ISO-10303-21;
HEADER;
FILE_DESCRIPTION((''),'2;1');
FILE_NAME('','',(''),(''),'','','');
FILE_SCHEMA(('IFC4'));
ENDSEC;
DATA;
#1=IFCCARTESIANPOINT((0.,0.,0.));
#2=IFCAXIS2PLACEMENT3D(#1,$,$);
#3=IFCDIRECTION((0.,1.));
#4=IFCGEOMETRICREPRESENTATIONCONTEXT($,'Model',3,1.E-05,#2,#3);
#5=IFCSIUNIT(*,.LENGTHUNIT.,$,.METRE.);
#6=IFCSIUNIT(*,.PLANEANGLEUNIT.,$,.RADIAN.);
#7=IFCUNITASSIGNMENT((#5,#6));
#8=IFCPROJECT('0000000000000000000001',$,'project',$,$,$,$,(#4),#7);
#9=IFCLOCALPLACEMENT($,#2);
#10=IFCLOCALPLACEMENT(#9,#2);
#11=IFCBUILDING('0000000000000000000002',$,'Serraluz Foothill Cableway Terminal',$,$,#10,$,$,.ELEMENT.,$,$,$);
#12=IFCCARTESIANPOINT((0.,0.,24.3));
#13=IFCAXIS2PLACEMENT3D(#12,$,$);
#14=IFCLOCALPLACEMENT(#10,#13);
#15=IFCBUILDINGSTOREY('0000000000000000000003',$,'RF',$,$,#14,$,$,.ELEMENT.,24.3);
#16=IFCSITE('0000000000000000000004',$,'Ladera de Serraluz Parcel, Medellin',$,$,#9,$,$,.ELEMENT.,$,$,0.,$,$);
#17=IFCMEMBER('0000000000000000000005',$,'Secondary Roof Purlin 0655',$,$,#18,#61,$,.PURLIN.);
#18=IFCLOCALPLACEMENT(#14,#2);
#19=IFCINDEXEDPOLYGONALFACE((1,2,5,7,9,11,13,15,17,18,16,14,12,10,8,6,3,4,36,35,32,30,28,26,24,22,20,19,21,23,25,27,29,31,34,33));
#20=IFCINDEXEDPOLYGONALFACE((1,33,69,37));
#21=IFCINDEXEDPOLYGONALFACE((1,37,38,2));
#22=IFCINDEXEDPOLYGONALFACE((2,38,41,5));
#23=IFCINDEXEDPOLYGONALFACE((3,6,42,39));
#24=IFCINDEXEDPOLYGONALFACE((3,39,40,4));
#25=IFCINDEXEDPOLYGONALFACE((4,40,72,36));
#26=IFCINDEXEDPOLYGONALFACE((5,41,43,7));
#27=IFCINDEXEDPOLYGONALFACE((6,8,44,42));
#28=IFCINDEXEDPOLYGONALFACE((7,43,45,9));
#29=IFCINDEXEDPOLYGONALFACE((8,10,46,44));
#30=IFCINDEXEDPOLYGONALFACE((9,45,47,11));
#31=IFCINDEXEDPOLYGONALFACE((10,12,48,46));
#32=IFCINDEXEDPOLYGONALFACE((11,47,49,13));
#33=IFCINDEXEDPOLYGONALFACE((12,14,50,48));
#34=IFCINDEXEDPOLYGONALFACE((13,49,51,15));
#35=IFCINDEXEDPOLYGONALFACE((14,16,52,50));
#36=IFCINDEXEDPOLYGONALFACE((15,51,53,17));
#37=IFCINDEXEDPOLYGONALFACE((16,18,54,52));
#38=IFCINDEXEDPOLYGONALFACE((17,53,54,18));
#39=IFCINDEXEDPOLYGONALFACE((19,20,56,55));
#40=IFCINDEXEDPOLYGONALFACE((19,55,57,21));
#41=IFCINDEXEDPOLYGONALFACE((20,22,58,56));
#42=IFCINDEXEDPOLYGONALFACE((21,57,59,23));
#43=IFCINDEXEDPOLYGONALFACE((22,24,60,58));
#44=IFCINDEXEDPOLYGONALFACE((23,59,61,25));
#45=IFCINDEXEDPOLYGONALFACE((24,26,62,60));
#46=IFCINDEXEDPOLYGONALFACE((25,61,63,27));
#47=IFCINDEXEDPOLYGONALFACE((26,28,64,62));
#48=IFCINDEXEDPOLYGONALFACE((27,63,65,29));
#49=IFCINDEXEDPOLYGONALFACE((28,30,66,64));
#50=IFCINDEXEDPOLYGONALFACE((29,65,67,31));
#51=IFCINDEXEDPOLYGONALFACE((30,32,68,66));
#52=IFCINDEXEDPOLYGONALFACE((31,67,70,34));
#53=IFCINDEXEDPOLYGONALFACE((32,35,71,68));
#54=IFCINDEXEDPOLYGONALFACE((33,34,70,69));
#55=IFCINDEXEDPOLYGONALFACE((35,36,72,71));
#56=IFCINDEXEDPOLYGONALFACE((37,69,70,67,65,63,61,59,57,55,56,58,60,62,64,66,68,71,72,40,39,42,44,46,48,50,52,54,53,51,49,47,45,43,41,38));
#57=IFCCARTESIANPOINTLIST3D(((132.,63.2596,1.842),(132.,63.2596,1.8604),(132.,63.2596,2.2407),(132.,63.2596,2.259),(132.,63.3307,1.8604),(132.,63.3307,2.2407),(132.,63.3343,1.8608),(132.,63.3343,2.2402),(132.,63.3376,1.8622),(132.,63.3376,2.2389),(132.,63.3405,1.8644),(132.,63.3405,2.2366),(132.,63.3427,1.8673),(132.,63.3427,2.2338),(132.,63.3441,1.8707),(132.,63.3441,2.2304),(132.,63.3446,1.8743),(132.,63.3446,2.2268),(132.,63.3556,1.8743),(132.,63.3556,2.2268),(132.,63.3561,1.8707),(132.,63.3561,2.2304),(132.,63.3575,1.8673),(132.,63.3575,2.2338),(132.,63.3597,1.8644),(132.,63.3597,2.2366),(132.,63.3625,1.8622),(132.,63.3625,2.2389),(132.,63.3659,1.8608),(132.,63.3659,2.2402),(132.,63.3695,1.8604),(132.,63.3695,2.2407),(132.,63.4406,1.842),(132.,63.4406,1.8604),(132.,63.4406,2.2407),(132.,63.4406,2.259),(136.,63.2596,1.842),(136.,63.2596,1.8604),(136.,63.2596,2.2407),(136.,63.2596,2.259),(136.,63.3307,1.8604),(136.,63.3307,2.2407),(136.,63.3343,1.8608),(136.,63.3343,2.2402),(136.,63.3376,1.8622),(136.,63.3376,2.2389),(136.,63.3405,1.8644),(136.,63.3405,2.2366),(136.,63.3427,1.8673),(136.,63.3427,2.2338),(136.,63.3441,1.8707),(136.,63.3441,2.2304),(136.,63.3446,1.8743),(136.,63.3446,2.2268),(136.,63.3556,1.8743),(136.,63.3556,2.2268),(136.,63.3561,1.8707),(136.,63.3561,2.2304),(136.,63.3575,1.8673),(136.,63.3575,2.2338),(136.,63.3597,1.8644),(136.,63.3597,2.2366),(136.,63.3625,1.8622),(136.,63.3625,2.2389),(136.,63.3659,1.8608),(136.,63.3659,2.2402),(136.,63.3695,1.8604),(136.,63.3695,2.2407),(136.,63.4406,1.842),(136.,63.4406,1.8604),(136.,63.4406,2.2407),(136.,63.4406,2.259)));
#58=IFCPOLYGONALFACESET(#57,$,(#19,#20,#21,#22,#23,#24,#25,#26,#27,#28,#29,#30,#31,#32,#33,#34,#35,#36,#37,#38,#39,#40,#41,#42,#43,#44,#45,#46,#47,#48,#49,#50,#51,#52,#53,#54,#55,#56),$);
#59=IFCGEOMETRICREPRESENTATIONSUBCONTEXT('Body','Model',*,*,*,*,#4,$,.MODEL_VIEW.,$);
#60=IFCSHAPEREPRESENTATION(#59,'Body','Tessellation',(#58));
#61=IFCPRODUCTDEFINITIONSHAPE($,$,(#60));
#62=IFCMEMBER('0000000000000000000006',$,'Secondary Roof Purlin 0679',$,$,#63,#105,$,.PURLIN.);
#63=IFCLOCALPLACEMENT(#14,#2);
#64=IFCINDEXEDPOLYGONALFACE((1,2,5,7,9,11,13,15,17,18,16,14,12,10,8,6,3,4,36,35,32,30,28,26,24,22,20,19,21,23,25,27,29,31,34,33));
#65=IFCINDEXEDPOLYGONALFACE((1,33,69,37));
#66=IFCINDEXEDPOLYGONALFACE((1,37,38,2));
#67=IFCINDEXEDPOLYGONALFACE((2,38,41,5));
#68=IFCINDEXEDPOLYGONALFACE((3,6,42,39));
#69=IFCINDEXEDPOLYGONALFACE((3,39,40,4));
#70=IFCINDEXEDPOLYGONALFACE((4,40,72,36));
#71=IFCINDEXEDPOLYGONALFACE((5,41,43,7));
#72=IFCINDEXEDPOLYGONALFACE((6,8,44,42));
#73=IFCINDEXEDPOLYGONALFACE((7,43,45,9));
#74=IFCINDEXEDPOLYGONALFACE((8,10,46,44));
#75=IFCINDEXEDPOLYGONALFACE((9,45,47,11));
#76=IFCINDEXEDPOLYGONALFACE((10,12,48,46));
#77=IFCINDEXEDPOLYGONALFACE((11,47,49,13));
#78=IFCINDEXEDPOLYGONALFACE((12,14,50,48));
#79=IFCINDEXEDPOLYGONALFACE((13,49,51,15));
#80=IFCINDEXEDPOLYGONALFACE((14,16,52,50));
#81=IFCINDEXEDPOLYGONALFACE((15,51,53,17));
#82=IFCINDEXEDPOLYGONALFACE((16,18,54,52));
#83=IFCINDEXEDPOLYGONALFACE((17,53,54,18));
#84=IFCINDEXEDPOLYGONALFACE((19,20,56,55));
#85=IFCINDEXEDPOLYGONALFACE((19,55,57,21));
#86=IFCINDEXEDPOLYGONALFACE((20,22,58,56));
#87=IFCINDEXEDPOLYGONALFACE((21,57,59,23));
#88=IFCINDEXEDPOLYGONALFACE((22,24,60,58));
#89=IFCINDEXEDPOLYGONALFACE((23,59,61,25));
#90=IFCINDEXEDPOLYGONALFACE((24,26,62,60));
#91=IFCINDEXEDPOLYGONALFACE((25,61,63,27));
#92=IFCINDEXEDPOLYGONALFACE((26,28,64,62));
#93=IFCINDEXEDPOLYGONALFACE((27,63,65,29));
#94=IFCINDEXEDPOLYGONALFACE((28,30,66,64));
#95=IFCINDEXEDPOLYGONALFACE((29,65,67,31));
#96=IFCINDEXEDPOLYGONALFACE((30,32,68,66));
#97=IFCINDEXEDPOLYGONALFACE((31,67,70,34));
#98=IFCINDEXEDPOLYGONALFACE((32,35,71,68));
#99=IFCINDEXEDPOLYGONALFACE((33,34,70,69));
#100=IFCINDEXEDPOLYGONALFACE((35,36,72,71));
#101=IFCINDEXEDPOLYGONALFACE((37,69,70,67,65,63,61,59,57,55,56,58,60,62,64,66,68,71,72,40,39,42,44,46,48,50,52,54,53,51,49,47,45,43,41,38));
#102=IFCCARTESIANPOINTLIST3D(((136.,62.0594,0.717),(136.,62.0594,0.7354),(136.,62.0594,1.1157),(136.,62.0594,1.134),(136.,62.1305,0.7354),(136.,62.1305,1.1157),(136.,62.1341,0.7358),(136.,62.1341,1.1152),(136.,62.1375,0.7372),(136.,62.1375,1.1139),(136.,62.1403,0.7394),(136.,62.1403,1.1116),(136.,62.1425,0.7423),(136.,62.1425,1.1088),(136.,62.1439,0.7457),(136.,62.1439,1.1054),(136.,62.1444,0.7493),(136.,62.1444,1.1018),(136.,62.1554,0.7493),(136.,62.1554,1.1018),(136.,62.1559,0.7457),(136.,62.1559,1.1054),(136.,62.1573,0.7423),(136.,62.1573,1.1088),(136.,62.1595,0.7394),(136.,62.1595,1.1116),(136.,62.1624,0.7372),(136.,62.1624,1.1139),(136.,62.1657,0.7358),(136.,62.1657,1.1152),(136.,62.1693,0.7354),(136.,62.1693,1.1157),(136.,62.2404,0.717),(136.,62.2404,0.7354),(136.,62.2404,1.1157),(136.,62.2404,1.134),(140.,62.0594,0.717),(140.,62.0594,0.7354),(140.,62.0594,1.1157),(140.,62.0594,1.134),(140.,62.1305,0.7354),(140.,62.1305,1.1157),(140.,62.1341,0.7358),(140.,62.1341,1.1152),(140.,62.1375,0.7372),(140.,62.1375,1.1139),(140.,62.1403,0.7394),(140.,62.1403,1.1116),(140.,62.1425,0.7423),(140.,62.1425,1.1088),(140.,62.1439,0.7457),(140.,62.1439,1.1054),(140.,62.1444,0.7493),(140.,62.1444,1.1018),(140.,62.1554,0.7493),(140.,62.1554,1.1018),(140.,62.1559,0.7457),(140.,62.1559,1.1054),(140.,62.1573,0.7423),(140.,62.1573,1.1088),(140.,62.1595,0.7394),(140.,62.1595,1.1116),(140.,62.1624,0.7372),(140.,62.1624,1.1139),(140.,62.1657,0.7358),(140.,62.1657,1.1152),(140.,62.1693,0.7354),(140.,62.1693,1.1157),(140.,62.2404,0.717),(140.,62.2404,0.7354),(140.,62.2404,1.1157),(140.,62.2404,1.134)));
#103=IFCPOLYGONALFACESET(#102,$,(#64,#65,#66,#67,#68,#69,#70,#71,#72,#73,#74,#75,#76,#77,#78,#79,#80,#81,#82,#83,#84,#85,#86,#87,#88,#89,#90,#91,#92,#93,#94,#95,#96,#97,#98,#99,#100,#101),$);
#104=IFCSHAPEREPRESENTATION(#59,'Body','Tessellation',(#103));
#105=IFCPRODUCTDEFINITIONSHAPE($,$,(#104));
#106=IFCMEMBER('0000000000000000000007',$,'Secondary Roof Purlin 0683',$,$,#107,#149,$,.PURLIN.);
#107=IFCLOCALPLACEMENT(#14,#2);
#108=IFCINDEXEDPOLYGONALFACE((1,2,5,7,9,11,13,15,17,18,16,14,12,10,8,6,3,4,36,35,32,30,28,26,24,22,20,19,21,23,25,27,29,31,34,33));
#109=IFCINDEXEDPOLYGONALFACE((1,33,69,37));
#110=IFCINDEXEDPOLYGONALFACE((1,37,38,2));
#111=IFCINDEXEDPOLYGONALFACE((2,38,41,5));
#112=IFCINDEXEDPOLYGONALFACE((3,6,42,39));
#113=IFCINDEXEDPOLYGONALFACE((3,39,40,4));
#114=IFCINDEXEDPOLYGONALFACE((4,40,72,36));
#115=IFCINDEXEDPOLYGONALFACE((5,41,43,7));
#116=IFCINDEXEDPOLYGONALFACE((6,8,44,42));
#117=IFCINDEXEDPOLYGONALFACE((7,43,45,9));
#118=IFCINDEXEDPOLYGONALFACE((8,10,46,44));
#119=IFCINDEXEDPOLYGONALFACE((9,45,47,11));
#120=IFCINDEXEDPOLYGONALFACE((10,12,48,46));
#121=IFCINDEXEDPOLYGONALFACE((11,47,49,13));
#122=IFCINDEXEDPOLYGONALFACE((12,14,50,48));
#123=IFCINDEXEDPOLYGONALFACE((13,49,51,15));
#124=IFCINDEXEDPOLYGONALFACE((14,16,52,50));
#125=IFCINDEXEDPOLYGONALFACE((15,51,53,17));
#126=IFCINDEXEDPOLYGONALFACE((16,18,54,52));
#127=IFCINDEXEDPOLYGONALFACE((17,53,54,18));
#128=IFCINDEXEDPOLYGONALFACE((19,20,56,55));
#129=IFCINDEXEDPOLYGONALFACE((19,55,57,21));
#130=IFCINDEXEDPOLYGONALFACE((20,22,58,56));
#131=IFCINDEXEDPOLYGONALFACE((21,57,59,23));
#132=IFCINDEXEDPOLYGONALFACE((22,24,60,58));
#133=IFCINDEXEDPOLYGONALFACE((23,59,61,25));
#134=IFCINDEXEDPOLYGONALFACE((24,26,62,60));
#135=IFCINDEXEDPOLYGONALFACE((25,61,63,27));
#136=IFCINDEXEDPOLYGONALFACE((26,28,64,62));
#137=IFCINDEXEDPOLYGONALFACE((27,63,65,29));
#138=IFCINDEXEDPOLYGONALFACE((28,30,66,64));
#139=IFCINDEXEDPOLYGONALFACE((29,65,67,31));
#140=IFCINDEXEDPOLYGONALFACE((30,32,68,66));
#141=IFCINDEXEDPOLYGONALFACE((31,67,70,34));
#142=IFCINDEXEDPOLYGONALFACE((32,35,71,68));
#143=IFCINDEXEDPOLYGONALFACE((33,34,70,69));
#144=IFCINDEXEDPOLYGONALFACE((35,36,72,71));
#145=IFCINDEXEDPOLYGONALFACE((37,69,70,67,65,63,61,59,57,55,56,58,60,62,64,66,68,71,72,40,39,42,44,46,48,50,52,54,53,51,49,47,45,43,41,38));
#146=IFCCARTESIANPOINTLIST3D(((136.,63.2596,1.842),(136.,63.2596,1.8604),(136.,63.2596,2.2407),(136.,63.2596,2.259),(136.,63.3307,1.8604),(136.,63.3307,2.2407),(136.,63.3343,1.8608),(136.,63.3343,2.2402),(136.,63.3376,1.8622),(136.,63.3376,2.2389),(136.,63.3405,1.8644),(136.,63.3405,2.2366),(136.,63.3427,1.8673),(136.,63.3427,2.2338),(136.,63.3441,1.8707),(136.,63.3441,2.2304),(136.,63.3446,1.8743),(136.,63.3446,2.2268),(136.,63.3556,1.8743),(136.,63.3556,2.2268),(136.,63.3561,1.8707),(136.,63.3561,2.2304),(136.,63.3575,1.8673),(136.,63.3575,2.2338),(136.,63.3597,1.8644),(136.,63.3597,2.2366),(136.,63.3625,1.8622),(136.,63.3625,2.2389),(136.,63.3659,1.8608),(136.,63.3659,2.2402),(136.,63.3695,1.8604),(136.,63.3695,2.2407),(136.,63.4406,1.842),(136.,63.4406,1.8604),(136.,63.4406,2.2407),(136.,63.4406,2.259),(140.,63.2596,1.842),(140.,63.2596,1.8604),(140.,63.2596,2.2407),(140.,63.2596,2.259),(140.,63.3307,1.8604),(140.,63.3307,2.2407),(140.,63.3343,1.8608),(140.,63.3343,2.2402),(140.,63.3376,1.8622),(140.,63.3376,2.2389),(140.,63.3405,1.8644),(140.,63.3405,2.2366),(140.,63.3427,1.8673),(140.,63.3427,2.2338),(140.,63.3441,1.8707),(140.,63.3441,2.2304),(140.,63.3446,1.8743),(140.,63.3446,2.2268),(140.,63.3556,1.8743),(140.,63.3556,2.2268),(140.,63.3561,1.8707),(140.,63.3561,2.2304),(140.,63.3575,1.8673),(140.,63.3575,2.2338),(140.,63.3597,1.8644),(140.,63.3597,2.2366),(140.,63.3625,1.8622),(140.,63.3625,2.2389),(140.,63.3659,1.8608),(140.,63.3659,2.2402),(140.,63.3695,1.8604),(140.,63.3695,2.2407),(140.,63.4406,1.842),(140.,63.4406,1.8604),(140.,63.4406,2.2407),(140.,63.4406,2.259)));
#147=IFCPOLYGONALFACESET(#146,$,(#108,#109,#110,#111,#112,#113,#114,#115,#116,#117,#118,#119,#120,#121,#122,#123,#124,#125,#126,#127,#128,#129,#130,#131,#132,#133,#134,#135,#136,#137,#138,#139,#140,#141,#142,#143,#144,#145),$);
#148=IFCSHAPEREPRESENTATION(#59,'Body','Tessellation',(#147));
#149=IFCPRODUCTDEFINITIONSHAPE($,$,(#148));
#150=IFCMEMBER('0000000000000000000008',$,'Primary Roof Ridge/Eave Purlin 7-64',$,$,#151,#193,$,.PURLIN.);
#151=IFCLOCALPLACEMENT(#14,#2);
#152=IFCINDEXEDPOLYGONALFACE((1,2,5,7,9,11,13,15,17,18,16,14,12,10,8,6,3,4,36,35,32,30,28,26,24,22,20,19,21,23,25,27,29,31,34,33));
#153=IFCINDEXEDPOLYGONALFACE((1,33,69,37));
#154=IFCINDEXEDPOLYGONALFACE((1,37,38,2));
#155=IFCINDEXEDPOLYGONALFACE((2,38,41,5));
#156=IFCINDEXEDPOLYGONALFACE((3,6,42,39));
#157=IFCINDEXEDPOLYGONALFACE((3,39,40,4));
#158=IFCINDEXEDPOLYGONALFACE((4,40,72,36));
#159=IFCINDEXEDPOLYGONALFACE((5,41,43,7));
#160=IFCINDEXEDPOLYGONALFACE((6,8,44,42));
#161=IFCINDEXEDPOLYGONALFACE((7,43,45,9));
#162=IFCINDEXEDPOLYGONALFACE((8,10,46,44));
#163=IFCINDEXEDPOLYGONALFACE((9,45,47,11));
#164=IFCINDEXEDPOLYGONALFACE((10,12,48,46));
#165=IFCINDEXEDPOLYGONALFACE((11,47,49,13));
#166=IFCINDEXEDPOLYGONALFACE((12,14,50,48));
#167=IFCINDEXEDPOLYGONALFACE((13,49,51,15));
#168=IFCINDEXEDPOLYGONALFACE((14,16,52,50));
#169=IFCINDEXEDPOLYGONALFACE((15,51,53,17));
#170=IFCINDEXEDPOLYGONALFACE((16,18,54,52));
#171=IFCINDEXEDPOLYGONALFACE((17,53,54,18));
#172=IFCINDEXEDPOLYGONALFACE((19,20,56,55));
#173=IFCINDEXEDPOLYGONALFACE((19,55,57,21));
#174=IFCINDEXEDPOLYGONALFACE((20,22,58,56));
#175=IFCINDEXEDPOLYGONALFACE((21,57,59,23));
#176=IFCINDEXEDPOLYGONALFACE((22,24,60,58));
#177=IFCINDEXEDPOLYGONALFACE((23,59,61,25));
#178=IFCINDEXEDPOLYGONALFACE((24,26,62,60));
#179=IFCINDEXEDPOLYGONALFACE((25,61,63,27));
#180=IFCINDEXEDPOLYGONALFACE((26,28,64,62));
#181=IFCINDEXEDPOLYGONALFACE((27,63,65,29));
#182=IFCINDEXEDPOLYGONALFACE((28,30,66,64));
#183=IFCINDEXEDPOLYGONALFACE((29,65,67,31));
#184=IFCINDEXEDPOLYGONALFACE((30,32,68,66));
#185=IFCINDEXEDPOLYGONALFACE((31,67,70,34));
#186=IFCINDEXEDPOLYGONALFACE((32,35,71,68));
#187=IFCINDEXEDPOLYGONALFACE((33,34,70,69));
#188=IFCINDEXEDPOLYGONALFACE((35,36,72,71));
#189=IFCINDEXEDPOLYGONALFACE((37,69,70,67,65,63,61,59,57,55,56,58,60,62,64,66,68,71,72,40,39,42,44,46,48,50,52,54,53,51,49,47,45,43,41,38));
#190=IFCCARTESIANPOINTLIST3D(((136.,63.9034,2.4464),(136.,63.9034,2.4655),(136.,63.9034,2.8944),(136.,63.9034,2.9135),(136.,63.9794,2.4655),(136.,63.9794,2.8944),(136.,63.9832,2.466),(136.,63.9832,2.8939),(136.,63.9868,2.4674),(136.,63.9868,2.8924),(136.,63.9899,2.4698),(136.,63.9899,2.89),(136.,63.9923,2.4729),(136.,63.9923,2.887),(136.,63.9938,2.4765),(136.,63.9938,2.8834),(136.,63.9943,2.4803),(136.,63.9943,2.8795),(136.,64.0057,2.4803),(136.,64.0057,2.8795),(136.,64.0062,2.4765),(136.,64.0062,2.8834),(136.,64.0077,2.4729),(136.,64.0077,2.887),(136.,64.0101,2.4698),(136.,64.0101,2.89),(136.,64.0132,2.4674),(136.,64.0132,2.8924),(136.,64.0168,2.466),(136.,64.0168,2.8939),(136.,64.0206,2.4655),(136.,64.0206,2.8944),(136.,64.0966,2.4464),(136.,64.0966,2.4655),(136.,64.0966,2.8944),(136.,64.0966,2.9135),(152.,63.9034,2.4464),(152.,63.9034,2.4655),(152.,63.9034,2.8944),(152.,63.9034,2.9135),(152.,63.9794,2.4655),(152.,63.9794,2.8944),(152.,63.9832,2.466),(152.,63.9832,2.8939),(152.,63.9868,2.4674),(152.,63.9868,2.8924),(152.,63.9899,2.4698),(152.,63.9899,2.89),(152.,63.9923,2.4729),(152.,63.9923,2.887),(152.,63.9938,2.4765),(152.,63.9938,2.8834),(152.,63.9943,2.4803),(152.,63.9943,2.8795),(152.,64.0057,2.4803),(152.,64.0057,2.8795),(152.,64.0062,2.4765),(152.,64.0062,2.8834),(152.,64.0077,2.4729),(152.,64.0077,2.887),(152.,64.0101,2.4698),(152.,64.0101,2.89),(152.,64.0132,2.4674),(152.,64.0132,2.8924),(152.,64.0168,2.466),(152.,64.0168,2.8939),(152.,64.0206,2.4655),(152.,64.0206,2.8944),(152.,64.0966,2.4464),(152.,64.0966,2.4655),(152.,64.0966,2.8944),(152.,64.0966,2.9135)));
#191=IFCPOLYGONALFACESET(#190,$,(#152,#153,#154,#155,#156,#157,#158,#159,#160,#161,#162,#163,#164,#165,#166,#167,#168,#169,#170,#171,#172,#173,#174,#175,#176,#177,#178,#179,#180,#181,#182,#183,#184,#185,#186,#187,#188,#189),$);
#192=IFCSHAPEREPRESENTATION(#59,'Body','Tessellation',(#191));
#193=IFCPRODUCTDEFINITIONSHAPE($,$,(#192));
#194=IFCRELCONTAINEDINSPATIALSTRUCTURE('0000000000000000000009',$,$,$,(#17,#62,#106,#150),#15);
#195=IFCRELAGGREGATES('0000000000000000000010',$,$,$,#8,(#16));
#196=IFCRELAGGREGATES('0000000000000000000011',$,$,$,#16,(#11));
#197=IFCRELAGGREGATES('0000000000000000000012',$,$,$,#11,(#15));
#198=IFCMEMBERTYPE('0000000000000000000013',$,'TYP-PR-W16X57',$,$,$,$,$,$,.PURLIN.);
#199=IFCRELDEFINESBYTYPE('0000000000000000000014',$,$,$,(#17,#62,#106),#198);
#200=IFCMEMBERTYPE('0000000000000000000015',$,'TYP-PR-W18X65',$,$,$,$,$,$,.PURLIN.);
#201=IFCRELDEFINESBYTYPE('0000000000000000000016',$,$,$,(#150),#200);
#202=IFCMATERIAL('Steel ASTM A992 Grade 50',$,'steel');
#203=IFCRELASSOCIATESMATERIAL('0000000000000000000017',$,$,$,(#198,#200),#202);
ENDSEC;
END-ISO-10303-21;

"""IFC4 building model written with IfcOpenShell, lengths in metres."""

from ifc_helpers import new_model, si_unit, direction, frame, origin, origin_2d, place, context, subcontext, project, spatial, i_section, extrude, material, material_profile, profile_set, type_object, element, save


model = new_model("IFC4")

# Units and contexts
model_context = context("Model", 3, precision=1e-05, world=origin(), true_north=direction((0.0, 1.0)))
body_context = subcontext(model_context, "Body", "Model", "MODEL_VIEW")
ifc_project = project(units=[si_unit("LENGTHUNIT", "METRE"), si_unit("PLANEANGLEUNIT", "RADIAN")], contexts=[model_context])

# Site, building, storey
site_placement = place(None, origin())
site = spatial("IfcSite", under=ifc_project, at=site_placement, Name="Ladera de Serraluz Parcel, Medellin", CompositionType="ELEMENT", RefElevation=0.0)
building_placement = place(site_placement, origin())
building = spatial("IfcBuilding", under=site, at=building_placement, Name="Serraluz Foothill Cableway Terminal", CompositionType="ELEMENT")
storey_placement = place(building_placement, frame((0.0, 0.0, 24.3)))
storey = spatial("IfcBuildingStorey", under=building, at=storey_placement, Name="RF", CompositionType="ELEMENT", Elevation=24.3)

# Members
ifc_material_1 = material(Name="Steel ASTM A992 Grade 50", Category="steel")
ifc_material_profile_1 = material_profile(ifc_material_1, i_section(OverallWidth=0.1809, OverallDepth=0.417, WebThickness=0.011, FlangeThickness=0.0183, FilletRadius=0.0139, at=origin_2d()), Name="W16X57")
ifc_profile_set_1 = profile_set([ifc_material_profile_1], Name="Steel ASTM A992 Grade 50")
member_type_1 = type_object("IfcMemberType", Name="TYP-PR-W16X57", PredefinedType="PURLIN", material=ifc_profile_set_1)
for number, where, z_axis, x_axis, name in (
    (1, (132.0, 63.3501, 2.0505), (1.0, 0.0, 0.0), (0.0, 1.0, 0.0), "Secondary Roof Purlin 0655"),
    (2, (136.0, 62.1499, 0.9255), (1.0, 0.0, 0.0), (0.0, 1.0, 0.0), "Secondary Roof Purlin 0679"),
    (3, (136.0, 63.3501, 2.0505), (1.0, 0.0, 0.0), (0.0, 1.0, 0.0), "Secondary Roof Purlin 0683"),
):
    element("IfcMember", number, at=place(storey_placement, frame(where, z_axis=z_axis, x_axis=x_axis)), inside=storey, type_object=member_type_1, Name=name, PredefinedType="PURLIN", context=body_context, shape_type="SweptSolid", body=[
        extrude(i_section(OverallWidth=0.1809, OverallDepth=0.417, WebThickness=0.011, FlangeThickness=0.0183, FilletRadius=0.0139, at=origin_2d()), origin(), (0.0, 0.0, 1.0), 4.0),
    ])
ifc_material_profile_2 = material_profile(ifc_material_1, i_section(OverallWidth=0.1931, OverallDepth=0.467, WebThickness=0.0115, FlangeThickness=0.019, FilletRadius=0.0149, at=origin_2d()), Name="W18X65")
ifc_profile_set_2 = profile_set([ifc_material_profile_2], Name="Steel ASTM A992 Grade 50")
member_type_2 = type_object("IfcMemberType", Name="TYP-PR-W18X65", PredefinedType="PURLIN", material=ifc_profile_set_2)
member_1_placement = place(storey_placement, frame((136.0, 64.0, 2.6799), z_axis=(1.0, 0.0, 0.0), x_axis=(0.0, 1.0, 0.0)))
element("IfcMember", 4, at=member_1_placement, inside=storey, type_object=member_type_2, Name="Primary Roof Ridge/Eave Purlin 7-64", PredefinedType="PURLIN", context=body_context, shape_type="SweptSolid", body=[
    extrude(i_section(OverallWidth=0.1931, OverallDepth=0.467, WebThickness=0.0115, FlangeThickness=0.019, FilletRadius=0.0149, at=origin_2d()), origin(), (0.0, 0.0, 1.0), 16.0),
])

save(model, "model.ifc")
